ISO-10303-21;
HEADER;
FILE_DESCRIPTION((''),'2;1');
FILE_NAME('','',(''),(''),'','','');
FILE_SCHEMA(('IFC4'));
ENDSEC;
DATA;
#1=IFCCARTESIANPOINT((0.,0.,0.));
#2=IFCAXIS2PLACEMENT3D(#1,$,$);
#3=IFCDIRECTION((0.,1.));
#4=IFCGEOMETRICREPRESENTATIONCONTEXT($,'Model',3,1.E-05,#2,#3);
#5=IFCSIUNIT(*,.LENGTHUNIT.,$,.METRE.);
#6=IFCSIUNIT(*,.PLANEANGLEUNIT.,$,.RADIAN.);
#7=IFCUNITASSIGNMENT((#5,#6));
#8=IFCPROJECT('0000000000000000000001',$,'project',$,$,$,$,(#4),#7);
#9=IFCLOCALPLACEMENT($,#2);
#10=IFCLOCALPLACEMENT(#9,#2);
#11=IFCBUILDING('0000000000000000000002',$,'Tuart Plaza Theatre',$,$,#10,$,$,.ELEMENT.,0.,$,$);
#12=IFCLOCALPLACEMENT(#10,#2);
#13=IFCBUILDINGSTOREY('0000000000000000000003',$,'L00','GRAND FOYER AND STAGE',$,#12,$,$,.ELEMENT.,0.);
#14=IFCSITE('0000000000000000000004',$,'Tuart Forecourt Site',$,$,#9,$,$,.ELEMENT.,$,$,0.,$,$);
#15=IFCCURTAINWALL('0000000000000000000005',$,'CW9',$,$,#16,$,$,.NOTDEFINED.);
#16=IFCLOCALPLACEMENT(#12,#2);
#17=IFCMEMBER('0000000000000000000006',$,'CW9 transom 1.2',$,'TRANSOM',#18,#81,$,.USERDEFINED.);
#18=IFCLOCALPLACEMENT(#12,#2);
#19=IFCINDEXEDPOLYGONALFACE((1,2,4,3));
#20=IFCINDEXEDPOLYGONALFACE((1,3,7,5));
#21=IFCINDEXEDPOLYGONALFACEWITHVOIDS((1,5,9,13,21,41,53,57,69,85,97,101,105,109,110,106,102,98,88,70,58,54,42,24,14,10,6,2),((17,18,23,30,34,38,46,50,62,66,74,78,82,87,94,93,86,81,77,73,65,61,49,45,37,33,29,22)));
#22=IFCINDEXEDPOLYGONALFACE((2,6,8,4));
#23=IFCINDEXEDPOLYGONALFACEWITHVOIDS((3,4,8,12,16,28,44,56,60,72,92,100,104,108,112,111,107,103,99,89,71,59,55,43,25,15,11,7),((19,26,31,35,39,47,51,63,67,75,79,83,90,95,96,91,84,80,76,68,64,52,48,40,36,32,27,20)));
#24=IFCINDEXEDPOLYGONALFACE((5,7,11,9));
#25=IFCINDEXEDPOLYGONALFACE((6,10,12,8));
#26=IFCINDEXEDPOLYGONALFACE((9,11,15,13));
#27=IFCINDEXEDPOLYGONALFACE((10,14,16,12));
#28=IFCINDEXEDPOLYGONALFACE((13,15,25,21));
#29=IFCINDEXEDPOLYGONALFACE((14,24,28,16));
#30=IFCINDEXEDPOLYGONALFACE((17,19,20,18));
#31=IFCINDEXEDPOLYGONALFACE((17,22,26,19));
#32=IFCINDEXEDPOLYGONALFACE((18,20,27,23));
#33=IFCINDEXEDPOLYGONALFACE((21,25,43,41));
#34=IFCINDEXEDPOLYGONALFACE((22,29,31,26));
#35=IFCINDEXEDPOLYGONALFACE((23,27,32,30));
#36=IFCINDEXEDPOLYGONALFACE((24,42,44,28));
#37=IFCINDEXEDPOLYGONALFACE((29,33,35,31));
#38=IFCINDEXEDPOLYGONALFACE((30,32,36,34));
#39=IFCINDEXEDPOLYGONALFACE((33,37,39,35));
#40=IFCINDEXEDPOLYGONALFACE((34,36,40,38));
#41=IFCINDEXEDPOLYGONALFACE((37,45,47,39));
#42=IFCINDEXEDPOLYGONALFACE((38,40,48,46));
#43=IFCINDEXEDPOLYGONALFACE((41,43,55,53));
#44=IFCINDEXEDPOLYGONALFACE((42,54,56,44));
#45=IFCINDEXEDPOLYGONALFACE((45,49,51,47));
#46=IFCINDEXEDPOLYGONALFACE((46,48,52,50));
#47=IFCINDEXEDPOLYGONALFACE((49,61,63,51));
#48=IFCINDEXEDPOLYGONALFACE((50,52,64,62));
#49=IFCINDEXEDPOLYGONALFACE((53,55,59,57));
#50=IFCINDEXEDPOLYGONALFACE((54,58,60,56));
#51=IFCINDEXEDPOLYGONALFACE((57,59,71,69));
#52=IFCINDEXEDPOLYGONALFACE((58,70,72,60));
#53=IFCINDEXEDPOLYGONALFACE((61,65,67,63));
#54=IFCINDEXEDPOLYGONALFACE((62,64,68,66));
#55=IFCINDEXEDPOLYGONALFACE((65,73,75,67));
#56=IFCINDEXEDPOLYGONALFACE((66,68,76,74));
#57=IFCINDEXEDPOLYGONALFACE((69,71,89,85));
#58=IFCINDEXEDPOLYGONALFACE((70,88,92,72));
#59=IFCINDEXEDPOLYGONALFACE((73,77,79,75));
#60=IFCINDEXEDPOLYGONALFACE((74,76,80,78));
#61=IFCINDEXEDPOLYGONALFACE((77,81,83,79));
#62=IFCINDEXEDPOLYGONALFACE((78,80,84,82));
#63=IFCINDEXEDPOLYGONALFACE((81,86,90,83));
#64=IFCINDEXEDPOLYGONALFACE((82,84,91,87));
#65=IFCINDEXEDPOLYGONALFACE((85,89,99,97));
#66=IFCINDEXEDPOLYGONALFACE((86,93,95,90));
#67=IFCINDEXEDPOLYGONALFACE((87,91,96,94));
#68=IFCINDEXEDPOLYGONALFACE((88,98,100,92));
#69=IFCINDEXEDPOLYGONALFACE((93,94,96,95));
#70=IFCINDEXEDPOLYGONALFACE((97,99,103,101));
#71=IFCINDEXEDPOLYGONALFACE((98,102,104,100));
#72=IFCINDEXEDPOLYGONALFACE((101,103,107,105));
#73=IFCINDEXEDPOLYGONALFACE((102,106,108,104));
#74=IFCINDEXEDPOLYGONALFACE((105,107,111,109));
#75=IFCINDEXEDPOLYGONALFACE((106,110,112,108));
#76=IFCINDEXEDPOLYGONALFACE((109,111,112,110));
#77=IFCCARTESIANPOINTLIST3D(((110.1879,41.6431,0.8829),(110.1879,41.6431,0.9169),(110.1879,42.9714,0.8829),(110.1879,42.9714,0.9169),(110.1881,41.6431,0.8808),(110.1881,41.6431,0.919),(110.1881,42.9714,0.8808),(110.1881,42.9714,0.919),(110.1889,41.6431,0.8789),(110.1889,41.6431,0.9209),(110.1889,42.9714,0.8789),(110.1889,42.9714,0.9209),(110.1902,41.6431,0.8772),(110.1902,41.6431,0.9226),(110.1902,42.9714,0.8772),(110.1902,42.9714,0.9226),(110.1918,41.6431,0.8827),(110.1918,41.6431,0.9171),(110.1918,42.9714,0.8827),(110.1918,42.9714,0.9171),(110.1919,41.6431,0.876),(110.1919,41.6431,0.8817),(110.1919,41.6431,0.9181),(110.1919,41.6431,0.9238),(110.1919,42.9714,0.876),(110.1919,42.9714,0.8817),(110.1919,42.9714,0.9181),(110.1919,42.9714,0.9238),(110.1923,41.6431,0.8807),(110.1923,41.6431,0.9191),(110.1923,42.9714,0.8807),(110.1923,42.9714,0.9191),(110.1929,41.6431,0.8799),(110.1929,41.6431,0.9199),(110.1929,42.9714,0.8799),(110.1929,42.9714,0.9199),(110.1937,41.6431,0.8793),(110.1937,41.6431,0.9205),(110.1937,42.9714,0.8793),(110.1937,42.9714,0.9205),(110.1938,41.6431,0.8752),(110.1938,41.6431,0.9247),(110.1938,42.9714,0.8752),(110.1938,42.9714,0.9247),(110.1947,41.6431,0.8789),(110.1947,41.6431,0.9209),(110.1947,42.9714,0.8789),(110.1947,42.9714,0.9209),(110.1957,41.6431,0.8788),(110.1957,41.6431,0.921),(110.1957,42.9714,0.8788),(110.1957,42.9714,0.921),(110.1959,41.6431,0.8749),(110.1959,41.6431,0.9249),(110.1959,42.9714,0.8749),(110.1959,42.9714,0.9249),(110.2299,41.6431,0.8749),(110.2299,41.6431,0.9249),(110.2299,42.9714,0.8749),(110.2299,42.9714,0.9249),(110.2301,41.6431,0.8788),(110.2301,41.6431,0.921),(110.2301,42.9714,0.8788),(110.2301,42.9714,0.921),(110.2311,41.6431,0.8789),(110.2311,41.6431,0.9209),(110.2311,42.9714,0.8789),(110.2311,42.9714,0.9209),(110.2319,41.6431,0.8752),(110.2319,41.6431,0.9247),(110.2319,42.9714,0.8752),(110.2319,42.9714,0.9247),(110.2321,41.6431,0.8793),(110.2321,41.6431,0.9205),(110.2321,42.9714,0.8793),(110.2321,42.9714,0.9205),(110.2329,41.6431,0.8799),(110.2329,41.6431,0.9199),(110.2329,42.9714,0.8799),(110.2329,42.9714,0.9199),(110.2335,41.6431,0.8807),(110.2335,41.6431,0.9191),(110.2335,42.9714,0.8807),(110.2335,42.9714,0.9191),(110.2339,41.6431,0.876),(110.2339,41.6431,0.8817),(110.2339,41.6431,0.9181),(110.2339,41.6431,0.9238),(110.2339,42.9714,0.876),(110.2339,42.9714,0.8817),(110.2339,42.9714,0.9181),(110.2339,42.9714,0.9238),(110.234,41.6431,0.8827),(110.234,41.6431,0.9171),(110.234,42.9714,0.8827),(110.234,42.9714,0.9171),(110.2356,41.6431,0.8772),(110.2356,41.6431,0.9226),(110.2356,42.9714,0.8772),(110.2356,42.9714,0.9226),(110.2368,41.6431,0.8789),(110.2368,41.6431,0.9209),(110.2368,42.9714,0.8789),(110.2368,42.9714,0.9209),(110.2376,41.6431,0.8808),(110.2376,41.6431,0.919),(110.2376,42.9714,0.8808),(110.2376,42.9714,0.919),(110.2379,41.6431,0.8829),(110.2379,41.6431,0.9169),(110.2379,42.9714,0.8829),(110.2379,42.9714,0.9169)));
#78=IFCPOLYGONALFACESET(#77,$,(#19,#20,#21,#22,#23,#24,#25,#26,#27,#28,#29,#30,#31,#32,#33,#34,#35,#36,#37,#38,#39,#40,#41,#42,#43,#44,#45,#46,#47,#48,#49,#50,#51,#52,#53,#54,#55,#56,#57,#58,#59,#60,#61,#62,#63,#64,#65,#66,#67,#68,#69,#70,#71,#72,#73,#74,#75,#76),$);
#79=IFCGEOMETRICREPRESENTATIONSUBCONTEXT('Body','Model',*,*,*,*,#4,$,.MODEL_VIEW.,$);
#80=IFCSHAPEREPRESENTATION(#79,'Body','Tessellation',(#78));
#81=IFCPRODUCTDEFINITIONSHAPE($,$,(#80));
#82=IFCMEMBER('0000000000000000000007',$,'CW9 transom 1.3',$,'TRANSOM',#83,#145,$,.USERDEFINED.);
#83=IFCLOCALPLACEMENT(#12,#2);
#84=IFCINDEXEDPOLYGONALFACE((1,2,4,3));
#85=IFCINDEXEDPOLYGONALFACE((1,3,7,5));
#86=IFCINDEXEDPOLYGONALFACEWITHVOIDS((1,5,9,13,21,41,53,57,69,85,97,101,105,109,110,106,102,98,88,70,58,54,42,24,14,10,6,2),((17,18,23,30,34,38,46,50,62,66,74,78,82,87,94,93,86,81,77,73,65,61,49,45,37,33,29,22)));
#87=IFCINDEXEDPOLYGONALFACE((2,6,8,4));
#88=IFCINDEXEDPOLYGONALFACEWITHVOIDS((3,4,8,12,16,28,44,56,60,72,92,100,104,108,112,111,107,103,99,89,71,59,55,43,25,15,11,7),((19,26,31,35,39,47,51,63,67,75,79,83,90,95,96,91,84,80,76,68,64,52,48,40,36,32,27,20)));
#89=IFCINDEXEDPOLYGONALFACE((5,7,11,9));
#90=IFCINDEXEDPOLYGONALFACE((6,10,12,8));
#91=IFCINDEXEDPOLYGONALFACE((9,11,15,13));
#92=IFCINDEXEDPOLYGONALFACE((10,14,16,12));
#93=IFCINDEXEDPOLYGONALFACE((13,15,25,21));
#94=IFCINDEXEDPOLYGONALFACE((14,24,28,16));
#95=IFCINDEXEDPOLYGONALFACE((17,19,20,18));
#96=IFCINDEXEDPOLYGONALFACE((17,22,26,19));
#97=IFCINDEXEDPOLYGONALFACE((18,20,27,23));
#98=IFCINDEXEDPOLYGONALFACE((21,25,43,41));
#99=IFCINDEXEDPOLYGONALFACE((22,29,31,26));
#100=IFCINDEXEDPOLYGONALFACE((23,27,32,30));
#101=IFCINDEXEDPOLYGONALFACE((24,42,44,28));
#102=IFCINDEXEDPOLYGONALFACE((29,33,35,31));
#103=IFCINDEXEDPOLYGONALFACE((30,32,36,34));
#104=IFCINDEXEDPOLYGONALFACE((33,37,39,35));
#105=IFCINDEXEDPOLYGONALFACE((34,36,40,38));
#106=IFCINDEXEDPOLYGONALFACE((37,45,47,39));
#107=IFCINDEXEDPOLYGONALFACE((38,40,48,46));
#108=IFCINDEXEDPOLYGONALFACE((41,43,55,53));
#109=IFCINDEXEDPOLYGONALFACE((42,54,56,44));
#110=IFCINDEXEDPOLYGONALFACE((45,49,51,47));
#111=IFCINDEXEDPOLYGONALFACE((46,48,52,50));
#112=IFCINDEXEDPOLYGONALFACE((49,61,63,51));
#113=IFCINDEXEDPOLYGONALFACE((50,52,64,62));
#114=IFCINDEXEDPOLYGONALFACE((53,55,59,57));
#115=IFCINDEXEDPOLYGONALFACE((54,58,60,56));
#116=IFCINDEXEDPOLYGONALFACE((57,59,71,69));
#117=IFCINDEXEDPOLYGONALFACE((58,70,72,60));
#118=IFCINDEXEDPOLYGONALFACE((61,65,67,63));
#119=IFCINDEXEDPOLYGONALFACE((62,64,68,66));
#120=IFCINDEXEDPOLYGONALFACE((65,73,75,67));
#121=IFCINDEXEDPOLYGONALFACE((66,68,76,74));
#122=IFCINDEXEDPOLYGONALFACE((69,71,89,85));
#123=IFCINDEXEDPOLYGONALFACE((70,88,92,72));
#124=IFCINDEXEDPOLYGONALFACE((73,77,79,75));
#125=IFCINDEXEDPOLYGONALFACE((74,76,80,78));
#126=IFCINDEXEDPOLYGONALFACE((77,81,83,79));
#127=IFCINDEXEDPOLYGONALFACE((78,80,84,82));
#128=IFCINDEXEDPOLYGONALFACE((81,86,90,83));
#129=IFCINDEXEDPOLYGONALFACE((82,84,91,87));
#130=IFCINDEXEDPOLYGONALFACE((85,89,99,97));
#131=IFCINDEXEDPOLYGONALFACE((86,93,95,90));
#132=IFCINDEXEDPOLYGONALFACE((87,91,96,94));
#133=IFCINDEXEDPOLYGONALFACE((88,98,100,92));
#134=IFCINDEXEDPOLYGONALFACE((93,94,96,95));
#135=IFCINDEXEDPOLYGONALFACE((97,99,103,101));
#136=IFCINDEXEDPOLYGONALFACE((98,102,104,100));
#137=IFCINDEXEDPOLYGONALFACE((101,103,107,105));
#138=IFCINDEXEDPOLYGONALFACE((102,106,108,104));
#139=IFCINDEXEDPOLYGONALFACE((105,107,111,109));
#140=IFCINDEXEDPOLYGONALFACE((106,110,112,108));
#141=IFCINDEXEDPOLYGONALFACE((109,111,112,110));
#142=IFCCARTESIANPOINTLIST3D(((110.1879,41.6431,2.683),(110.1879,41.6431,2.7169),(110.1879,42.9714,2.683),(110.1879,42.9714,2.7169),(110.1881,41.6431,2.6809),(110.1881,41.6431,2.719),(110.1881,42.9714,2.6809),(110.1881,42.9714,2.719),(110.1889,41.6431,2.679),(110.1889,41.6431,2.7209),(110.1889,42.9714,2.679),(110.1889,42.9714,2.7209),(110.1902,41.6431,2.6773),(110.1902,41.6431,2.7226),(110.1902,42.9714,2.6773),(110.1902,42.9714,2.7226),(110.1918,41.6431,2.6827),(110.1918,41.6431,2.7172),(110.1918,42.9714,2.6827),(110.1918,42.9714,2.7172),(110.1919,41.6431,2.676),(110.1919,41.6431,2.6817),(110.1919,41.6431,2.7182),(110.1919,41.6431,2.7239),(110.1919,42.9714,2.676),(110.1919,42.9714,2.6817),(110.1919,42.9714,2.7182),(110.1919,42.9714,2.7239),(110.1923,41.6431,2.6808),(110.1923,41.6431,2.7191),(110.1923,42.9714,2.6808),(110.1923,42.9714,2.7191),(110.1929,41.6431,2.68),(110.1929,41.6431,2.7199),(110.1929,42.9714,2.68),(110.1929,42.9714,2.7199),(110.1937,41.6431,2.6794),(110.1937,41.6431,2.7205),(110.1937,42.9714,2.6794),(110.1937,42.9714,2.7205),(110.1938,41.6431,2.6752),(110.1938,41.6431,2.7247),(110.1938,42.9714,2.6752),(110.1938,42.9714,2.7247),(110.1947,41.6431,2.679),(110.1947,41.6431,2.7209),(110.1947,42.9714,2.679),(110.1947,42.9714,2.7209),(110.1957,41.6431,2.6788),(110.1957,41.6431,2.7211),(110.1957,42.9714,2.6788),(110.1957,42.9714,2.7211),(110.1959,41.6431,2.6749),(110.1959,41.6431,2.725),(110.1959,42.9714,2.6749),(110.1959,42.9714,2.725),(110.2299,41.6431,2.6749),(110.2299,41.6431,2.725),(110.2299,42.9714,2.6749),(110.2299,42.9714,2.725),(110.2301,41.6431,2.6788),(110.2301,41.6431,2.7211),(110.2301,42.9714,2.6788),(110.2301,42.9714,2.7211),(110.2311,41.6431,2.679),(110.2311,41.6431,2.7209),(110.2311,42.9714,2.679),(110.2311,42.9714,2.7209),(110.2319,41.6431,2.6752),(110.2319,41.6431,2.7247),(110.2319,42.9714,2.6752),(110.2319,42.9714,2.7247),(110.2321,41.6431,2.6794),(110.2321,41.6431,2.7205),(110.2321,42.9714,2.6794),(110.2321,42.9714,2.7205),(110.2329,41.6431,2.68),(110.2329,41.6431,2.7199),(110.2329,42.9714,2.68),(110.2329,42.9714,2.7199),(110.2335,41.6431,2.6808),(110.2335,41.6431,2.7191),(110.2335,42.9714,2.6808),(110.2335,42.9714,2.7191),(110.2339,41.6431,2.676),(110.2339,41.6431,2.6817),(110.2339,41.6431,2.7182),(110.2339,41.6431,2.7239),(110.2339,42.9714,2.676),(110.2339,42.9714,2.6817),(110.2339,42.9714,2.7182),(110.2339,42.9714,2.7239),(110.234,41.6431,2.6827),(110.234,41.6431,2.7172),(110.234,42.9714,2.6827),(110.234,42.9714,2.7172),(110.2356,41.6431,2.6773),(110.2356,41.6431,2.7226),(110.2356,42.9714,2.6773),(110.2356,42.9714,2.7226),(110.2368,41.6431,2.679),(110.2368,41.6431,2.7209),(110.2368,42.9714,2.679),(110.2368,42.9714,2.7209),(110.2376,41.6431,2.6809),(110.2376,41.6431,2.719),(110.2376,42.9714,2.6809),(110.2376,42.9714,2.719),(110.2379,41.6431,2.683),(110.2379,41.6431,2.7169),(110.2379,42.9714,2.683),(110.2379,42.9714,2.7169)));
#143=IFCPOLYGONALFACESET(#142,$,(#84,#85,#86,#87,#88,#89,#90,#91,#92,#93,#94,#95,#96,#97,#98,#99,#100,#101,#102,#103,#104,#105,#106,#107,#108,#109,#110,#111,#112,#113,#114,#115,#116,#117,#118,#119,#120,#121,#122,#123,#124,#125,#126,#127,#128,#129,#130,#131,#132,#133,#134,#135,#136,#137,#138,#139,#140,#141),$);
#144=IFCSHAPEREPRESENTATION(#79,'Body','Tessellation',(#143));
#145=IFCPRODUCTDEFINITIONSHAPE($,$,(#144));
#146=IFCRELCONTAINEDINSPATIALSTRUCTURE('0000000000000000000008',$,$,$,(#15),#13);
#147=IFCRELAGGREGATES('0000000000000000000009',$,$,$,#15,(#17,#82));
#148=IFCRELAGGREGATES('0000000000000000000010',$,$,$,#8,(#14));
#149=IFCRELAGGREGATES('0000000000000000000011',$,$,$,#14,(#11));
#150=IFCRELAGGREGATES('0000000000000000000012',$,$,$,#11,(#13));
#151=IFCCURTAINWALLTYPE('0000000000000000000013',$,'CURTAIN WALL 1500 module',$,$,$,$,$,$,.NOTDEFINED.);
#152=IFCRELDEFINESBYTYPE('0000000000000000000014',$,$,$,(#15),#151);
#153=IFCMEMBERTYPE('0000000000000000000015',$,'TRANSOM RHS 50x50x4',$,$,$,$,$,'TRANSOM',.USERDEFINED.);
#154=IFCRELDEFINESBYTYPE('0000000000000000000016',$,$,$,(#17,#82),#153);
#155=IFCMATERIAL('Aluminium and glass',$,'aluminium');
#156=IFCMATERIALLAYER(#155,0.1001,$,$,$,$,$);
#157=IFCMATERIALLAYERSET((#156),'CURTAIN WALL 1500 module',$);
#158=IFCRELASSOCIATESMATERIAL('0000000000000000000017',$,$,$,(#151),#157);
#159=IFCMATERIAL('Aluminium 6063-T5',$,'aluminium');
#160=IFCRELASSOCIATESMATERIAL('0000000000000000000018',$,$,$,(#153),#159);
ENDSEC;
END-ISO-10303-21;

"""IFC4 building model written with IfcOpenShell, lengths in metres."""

from ifc_helpers import new_model, si_unit, direction, frame, origin, origin_2d, place, context, subcontext, project, spatial, hollow_rectangle, extrude, material, layer, layer_set, material_profile, profile_set, type_object, element, aggregate, save


model = new_model("IFC4")

# Units and contexts
model_context = context("Model", 3, precision=1e-05, world=origin(), true_north=direction((0.0, 1.0)))
body_context = subcontext(model_context, "Body", "Model", "MODEL_VIEW")
ifc_project = project(units=[si_unit("LENGTHUNIT", "METRE"), si_unit("PLANEANGLEUNIT", "RADIAN")], contexts=[model_context])

# Site, building, storey
site_placement = place(None, origin())
site = spatial("IfcSite", under=ifc_project, at=site_placement, Name="Tuart Forecourt Site", CompositionType="ELEMENT", RefElevation=0.0)
building_placement = place(site_placement, origin())
building = spatial("IfcBuilding", under=site, at=building_placement, Name="Tuart Plaza Theatre", CompositionType="ELEMENT", ElevationOfRefHeight=0.0)
storey_placement = place(building_placement, origin())
storey = spatial("IfcBuildingStorey", under=building, at=storey_placement, Name="L00", Description="GRAND FOYER AND STAGE", CompositionType="ELEMENT", Elevation=0.0)

# Shared definitions
ifc_material_1 = material(Name="Aluminium and glass", Category="aluminium")
ifc_layer_1 = layer(ifc_material_1, 0.1001)
ifc_layer_set_1 = layer_set([ifc_layer_1], Name="CURTAIN WALL 1500 module")
curtain_wall_type = type_object("IfcCurtainWallType", Name="CURTAIN WALL 1500 module", PredefinedType="NOTDEFINED", material=ifc_layer_set_1)

# Curtain wall
curtain_wall_1_placement = place(storey_placement, origin())
curtain_wall_1 = element("IfcCurtainWall", 1, at=curtain_wall_1_placement, inside=storey, type_object=curtain_wall_type, Name="CW9", PredefinedType="NOTDEFINED")

# Members
ifc_material_2 = material(Name="Aluminium 6063-T5", Category="aluminium")
ifc_material_profile_1 = material_profile(ifc_material_2, hollow_rectangle(XDim=0.05, YDim=0.05, WallThickness=0.0039, InnerFilletRadius=0.0039, OuterFilletRadius=0.0081, at=origin_2d()), Name="RHS 50x50x4")
ifc_profile_set_1 = profile_set([ifc_material_profile_1], Name="Aluminium 6063-T5")
member_type_1 = type_object("IfcMemberType", Name="TRANSOM RHS 50x50x4", ElementType="TRANSOM", PredefinedType="USERDEFINED", material=ifc_profile_set_1)
member_1_placement = place(storey_placement, frame((110.2129, 41.6431, 0.8999), z_axis=(0.0, 1.0, 0.0), x_axis=(-1.0, 0.0, 0.0)))
member_1 = element("IfcMember", 2, at=member_1_placement, type_object=member_type_1, Name="CW9 transom 1.2", ObjectType="TRANSOM", PredefinedType="USERDEFINED", context=body_context, shape_type="SweptSolid", body=[
    extrude(hollow_rectangle(XDim=0.05, YDim=0.05, WallThickness=0.0039, InnerFilletRadius=0.0039, OuterFilletRadius=0.0081, at=origin_2d()), origin(), (0.0, 0.0, 1.0), 1.3284),
])
member_2_placement = place(storey_placement, frame((110.2129, 41.6431, 2.7), z_axis=(0.0, 1.0, 0.0), x_axis=(-1.0, 0.0, 0.0)))
member_2 = element("IfcMember", 3, at=member_2_placement, type_object=member_type_1, Name="CW9 transom 1.3", ObjectType="TRANSOM", PredefinedType="USERDEFINED", context=body_context, shape_type="SweptSolid", body=[
    extrude(hollow_rectangle(XDim=0.05, YDim=0.05, WallThickness=0.0039, InnerFilletRadius=0.0039, OuterFilletRadius=0.0081, at=origin_2d()), origin(), (0.0, 0.0, 1.0), 1.3284),
])

aggregate(curtain_wall_1, [member_1, member_2])

save(model, "model.ifc")
